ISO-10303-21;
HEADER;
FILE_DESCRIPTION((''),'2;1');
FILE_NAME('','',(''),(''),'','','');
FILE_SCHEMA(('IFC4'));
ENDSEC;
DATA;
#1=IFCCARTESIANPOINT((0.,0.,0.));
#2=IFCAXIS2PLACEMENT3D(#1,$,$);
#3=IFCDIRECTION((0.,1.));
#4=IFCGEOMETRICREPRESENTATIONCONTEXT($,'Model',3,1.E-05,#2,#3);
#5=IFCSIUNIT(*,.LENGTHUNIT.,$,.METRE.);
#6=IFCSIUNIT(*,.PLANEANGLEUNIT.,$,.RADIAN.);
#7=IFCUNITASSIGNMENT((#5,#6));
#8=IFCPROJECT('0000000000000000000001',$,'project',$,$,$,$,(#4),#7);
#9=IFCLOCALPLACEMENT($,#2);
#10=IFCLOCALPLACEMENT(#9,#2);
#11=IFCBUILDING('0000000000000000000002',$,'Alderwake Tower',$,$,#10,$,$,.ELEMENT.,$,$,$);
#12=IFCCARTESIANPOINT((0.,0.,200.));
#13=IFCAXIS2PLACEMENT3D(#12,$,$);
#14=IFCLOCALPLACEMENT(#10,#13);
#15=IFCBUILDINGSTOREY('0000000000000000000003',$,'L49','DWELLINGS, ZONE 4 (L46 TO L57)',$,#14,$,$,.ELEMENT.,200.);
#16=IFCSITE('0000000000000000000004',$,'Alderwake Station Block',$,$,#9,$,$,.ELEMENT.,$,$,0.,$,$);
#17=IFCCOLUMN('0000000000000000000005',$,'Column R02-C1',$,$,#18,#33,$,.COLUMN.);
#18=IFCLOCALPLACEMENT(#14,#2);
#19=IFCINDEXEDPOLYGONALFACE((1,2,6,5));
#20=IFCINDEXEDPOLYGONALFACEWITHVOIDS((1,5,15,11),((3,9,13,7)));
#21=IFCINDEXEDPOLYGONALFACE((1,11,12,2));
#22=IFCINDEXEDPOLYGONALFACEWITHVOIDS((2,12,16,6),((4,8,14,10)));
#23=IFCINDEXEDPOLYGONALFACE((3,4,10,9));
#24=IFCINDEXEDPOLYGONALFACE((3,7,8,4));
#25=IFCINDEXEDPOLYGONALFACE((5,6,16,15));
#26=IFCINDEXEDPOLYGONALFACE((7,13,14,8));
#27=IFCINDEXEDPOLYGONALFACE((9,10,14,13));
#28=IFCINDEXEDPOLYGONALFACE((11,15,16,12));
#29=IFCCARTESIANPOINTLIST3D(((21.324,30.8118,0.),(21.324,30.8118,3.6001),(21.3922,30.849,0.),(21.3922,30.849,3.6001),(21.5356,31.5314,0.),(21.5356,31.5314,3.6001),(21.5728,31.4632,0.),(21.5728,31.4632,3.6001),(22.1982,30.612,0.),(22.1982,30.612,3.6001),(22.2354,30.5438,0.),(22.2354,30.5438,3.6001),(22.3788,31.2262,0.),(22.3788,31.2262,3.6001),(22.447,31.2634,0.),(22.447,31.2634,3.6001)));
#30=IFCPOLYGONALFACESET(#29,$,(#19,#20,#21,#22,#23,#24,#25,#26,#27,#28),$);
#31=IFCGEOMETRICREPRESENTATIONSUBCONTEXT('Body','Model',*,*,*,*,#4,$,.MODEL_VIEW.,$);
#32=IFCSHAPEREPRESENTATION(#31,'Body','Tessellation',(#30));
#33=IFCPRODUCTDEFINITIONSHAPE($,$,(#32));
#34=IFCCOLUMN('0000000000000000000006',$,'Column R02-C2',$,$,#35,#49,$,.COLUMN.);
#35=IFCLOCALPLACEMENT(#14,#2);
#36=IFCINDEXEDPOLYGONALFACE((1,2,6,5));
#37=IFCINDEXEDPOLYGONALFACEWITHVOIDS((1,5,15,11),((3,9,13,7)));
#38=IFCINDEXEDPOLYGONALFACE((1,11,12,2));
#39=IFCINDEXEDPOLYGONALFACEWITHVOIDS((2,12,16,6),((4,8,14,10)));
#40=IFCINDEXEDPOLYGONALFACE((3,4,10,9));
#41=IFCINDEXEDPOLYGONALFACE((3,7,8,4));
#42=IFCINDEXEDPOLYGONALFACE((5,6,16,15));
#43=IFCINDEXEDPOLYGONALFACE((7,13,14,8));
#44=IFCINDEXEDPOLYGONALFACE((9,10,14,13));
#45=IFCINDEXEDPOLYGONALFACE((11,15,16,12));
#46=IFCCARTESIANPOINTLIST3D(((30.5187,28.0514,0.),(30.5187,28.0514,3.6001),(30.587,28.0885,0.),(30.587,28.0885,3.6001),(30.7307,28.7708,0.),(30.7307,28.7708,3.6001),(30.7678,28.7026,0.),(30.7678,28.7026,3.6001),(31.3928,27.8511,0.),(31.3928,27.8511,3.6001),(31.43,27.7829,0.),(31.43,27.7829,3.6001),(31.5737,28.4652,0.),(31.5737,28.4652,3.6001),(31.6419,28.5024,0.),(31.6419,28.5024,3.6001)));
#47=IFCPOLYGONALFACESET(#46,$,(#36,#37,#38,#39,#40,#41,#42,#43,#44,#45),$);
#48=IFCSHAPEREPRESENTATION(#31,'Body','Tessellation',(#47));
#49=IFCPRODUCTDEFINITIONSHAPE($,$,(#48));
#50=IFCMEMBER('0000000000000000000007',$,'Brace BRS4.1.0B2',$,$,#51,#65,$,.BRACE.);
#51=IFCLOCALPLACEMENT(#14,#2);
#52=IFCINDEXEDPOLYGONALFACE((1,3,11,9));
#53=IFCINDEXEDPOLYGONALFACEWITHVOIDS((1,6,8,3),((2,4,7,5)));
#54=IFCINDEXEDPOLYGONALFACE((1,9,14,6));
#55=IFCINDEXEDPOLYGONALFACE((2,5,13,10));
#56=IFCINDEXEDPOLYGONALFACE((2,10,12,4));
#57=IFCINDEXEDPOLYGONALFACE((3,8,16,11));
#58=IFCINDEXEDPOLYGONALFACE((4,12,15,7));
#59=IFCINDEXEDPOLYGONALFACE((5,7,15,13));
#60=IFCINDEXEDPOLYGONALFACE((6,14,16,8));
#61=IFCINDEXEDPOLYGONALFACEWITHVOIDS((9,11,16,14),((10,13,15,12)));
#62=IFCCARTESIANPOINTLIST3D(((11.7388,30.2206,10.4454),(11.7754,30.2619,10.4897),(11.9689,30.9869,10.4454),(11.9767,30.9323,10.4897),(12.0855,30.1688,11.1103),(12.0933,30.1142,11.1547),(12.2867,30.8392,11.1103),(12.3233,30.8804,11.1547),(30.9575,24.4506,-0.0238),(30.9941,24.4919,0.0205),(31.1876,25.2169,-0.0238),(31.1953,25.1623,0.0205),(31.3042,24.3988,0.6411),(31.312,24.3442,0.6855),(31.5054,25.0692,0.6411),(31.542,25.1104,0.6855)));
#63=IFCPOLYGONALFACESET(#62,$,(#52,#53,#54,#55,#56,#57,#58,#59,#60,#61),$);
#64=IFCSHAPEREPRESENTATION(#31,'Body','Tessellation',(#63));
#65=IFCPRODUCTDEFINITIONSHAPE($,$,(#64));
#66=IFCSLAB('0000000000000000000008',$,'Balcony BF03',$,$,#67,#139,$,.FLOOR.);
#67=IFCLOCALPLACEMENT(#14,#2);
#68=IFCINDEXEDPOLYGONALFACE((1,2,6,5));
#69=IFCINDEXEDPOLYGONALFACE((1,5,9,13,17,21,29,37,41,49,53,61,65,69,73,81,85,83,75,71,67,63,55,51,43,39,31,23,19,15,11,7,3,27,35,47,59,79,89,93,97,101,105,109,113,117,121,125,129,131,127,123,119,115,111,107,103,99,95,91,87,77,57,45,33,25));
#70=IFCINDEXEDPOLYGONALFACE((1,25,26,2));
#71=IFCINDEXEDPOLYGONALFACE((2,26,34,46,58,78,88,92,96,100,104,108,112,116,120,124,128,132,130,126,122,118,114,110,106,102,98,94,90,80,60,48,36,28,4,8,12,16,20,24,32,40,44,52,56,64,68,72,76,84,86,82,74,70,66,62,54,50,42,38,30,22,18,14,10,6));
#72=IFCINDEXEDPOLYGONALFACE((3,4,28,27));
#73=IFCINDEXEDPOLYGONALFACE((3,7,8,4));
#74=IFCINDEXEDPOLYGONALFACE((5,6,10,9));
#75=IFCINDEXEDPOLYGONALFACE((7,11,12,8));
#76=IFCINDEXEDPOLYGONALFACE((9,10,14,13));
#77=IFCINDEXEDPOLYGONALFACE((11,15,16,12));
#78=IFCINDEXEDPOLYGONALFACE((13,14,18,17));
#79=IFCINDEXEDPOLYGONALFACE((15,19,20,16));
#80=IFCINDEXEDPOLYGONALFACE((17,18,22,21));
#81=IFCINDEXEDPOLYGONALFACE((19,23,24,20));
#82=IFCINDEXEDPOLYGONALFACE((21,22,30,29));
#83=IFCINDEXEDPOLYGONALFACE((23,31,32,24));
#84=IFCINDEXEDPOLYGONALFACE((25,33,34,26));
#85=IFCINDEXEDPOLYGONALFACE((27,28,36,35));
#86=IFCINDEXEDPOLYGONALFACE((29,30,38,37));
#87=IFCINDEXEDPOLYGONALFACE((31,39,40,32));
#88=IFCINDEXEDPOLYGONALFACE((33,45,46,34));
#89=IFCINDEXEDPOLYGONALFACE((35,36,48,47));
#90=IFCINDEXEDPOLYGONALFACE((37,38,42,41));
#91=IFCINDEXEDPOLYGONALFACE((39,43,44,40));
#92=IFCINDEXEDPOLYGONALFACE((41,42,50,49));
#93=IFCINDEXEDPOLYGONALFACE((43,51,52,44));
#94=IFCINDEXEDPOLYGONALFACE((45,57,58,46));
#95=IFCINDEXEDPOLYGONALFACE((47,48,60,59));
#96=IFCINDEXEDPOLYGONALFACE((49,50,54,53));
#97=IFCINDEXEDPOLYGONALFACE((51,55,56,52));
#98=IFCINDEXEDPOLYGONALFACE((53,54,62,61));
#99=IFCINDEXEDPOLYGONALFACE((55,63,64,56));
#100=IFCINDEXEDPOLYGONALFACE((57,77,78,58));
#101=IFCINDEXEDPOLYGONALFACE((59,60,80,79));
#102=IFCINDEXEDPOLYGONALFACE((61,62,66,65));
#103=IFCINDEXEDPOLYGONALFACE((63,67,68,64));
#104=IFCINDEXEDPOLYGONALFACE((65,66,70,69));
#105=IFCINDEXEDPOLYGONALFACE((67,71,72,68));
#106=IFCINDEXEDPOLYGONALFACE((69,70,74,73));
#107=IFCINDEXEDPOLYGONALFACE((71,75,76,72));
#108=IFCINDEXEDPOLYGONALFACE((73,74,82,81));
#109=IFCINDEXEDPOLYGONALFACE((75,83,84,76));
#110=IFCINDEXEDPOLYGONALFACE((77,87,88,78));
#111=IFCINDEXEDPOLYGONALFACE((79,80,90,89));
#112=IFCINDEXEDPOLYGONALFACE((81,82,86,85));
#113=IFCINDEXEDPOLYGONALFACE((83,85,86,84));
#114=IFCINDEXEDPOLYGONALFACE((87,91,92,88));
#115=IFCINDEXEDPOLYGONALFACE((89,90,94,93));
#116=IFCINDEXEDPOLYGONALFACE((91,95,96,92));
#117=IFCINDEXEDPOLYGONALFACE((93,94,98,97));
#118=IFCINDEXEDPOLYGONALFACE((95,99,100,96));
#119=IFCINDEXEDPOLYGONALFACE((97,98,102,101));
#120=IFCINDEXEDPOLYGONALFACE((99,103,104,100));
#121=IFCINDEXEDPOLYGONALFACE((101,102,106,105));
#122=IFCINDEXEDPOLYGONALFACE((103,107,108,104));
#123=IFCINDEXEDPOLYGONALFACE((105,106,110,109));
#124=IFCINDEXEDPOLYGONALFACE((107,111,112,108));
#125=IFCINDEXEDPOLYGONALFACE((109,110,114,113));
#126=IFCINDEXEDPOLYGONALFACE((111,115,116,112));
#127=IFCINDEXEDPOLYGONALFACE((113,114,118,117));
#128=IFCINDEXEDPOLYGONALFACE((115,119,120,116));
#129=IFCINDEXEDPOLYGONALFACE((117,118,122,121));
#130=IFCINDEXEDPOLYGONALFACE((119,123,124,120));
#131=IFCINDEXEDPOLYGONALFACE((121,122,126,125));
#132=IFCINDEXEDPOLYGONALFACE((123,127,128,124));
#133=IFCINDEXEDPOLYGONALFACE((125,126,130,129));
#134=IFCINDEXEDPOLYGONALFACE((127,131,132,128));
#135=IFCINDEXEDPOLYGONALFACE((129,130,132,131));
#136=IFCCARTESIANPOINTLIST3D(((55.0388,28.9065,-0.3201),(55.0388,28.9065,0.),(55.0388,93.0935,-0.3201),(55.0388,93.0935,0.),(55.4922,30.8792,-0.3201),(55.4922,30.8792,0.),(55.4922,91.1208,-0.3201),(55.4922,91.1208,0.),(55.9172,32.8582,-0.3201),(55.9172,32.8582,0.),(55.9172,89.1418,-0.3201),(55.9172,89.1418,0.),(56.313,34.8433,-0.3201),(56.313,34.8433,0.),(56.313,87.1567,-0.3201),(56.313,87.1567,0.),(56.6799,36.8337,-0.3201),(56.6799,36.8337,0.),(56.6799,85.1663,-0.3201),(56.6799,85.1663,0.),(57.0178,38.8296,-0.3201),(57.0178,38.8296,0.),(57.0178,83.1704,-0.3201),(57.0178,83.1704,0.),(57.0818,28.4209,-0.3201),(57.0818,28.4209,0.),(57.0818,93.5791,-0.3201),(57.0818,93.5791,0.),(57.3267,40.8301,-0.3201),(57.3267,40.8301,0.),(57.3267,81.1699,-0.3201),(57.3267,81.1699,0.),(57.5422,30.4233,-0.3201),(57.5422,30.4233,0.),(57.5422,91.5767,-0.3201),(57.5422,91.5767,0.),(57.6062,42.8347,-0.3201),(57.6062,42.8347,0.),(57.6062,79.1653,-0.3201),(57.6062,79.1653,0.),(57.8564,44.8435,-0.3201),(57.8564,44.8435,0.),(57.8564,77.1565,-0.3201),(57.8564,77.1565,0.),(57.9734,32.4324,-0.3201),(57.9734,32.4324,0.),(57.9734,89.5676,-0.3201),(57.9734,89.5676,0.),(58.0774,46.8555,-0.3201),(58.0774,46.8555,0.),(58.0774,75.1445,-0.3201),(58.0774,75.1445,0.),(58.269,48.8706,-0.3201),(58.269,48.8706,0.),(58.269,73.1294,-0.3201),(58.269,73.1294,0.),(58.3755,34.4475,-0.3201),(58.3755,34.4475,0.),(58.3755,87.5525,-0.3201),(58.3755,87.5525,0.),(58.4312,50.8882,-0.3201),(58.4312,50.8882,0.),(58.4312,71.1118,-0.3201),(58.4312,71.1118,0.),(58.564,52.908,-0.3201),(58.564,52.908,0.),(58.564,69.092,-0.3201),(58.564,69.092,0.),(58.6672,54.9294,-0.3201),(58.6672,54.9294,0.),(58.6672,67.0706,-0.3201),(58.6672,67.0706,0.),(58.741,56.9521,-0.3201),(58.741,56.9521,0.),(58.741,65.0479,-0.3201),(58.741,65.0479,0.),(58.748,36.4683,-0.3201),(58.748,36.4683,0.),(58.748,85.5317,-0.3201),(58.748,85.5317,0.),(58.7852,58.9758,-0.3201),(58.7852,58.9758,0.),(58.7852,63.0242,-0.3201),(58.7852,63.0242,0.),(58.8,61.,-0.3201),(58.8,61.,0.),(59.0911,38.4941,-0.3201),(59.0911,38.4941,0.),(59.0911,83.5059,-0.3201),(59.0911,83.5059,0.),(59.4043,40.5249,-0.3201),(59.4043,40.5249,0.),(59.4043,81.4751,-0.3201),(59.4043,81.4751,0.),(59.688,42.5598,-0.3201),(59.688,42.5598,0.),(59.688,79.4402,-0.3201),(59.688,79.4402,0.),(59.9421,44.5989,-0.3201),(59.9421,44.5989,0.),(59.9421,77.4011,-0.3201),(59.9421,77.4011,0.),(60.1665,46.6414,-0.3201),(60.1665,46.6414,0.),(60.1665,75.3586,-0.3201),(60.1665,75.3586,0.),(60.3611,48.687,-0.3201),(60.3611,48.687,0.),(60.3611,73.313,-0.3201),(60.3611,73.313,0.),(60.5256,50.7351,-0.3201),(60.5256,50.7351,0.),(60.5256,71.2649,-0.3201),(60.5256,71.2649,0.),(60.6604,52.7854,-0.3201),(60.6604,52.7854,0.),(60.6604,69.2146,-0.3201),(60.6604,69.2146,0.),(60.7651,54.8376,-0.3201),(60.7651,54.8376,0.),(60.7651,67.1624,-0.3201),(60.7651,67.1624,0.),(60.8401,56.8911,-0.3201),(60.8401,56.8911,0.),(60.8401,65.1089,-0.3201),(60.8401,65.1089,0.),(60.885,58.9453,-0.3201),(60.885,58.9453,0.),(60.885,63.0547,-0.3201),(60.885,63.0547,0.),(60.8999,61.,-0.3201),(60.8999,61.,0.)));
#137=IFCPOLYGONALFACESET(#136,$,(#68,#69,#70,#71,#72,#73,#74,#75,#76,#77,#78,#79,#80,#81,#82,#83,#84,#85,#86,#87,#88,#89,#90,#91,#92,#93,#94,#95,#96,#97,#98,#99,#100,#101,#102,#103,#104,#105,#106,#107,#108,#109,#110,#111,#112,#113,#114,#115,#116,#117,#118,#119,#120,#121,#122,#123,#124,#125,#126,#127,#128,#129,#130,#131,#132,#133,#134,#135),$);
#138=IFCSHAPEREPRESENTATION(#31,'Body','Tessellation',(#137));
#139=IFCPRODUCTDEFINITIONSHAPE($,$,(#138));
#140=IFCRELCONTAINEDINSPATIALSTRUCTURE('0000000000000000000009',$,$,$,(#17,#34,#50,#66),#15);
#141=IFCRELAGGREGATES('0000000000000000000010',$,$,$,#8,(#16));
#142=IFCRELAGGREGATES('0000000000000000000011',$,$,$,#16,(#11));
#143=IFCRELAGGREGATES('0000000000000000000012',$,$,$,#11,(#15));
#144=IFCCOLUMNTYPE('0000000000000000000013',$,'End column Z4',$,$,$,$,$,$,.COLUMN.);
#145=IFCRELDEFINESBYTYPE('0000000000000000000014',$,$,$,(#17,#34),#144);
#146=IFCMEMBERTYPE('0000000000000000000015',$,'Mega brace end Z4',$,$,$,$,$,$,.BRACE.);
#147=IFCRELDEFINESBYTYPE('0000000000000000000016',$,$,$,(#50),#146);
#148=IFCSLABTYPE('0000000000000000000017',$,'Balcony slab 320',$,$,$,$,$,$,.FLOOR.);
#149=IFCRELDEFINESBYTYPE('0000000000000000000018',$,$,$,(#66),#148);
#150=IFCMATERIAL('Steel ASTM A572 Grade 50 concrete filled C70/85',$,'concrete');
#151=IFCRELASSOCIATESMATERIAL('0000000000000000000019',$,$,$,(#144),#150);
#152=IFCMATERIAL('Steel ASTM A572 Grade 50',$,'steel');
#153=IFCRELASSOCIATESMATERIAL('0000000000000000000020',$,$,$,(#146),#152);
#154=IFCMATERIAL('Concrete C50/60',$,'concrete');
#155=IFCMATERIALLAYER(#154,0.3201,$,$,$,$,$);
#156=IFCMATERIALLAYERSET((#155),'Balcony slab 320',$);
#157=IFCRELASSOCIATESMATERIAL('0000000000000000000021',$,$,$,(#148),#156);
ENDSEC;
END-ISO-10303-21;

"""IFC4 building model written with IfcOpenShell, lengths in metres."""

from ifc_helpers import new_model, si_unit, direction, frame, origin, origin_2d, place, context, subcontext, project, spatial, polyline, hollow_rectangle, outline, extrude, material, layer, layer_set, material_profile, profile_set, type_object, element, save


model = new_model("IFC4")

# Units and contexts
model_context = context("Model", 3, precision=1e-05, world=origin(), true_north=direction((0.0, 1.0)))
body_context = subcontext(model_context, "Body", "Model", "MODEL_VIEW")
ifc_project = project(units=[si_unit("LENGTHUNIT", "METRE"), si_unit("PLANEANGLEUNIT", "RADIAN")], contexts=[model_context])

# Site, building, storey
site_placement = place(None, origin())
site = spatial("IfcSite", under=ifc_project, at=site_placement, Name="Alderwake Station Block", CompositionType="ELEMENT", RefElevation=0.0)
building_placement = place(site_placement, origin())
building = spatial("IfcBuilding", under=site, at=building_placement, Name="Alderwake Tower", CompositionType="ELEMENT")
storey_placement = place(building_placement, frame((0.0, 0.0, 200.0)))
storey = spatial("IfcBuildingStorey", under=building, at=storey_placement, Name="L49", Description="DWELLINGS, ZONE 4 (L46 TO L57)", CompositionType="ELEMENT", Elevation=200.0)

# Columns
ifc_material_1 = material(Name="Steel ASTM A572 Grade 50 concrete filled C70/85", Category="concrete")
ifc_material_profile_1 = material_profile(ifc_material_1, hollow_rectangle(XDim=0.75, YDim=0.95, WallThickness=0.0549, at=origin_2d()), Name="BOX 950X750X55")
ifc_profile_set_1 = profile_set([ifc_material_profile_1], Name="Steel ASTM A572 Grade 50 concrete filled C70/85")
column_type = type_object("IfcColumnType", Name="End column Z4", PredefinedType="COLUMN", material=ifc_profile_set_1)
for number, where, z_axis, x_axis, name in (
    (1, (21.8855, 31.0376, 0.0), (0.0, 0.0, 1.0), (0.282132, 0.959376, 0.0), "Column R02-C1"),
    (2, (31.0803, 28.2769, 0.0), (0.0, 0.0, 1.0), (0.282583, 0.959243, 0.0), "Column R02-C2"),
):
    element("IfcColumn", number, at=place(storey_placement, frame(where, z_axis=z_axis, x_axis=x_axis)), inside=storey, type_object=column_type, Name=name, PredefinedType="COLUMN", context=body_context, shape_type="SweptSolid", body=[
        extrude(hollow_rectangle(XDim=0.75, YDim=0.95, WallThickness=0.0549, at=origin_2d()), origin(), (0.0, 0.0, 1.0), 3.6001),
    ])

# Member
ifc_material_2 = material(Name="Steel ASTM A572 Grade 50", Category="steel")
ifc_material_profile_2 = material_profile(ifc_material_2, hollow_rectangle(XDim=0.8, YDim=0.8, WallThickness=0.05, at=origin_2d()), Name="BOX 800X800X50")
ifc_profile_set_2 = profile_set([ifc_material_profile_2], Name="Steel ASTM A572 Grade 50")
member_type = type_object("IfcMemberType", Name="Mega brace end Z4", PredefinedType="BRACE", material=ifc_profile_set_2)
member_placement = place(storey_placement, frame((31.2498, 24.7805, 0.3308), z_axis=(-0.849143, 0.254937, 0.462563), x_axis=(-0.287549, -0.957766, 0.0)))
element("IfcMember", 3, at=member_placement, inside=storey, type_object=member_type, Name="Brace BRS4.1.0B2", PredefinedType="BRACE", context=body_context, shape_type="SweptSolid", body=[
    extrude(hollow_rectangle(XDim=0.8, YDim=0.8, WallThickness=0.05, at=origin_2d()), origin(), (0.0, 0.0, 1.0), 22.6331),
])

# Slab
ifc_material_3 = material(Name="Concrete C50/60", Category="concrete")
ifc_layer_1 = layer(ifc_material_3, 0.3201)
ifc_layer_set_1 = layer_set([ifc_layer_1], Name="Balcony slab 320")
slab_type_1 = type_object("IfcSlabType", Name="Balcony slab 320", PredefinedType="FLOOR", material=ifc_layer_set_1)
slab_1_placement = place(storey_placement, frame((0.0, 0.0, -0.3201)))
element("IfcSlab", 4, at=slab_1_placement, inside=storey, type_object=slab_type_1, Name="Balcony BF03", PredefinedType="FLOOR", context=body_context, shape_type="SweptSolid", body=[
    extrude(outline(polyline([(57.0818, 28.4209), (57.5422, 30.4233), (57.9734, 32.4324), (58.3755, 34.4475), (58.748, 36.4683), (59.0911, 38.4941), (59.4043, 40.5249), (59.688, 42.5598), (59.9421, 44.5989), (60.1665, 46.6414), (60.3611, 48.687), (60.5256, 50.7351), (60.6604, 52.7854), (60.7651, 54.8376), (60.8401, 56.8911), (60.885, 58.9453), (60.8999, 61.0), (60.885, 63.0547), (60.8401, 65.1089), (60.7651, 67.1624), (60.6604, 69.2146), (60.5256, 71.2649), (60.3611, 73.313), (60.1665, 75.3586), (59.9421, 77.4011), (59.688, 79.4402), (59.4043, 81.4751), (59.0911, 83.5059), (58.748, 85.5317), (58.3755, 87.5525), (57.9734, 89.5676), (57.5422, 91.5767), (57.0818, 93.5791), (55.0388, 93.0935), (55.4922, 91.1208), (55.9172, 89.1418), (56.313, 87.1567), (56.6799, 85.1663), (57.0178, 83.1704), (57.3267, 81.1699), (57.6062, 79.1653), (57.8564, 77.1565), (58.0774, 75.1445), (58.269, 73.1294), (58.4312, 71.1118), (58.564, 69.092), (58.6672, 67.0706), (58.741, 65.0479), (58.7852, 63.0242), (58.8, 61.0), (58.7852, 58.9758), (58.741, 56.9521), (58.6672, 54.9294), (58.564, 52.908), (58.4312, 50.8882), (58.269, 48.8706), (58.0774, 46.8555), (57.8564, 44.8435), (57.6062, 42.8347), (57.3267, 40.8301), (57.0178, 38.8296), (56.6799, 36.8337), (56.313, 34.8433), (55.9172, 32.8582), (55.4922, 30.8792), (55.0388, 28.9065), (57.0818, 28.4209)])), origin(), (0.0, 0.0, 1.0), 0.3201),
])

save(model, "model.ifc")
